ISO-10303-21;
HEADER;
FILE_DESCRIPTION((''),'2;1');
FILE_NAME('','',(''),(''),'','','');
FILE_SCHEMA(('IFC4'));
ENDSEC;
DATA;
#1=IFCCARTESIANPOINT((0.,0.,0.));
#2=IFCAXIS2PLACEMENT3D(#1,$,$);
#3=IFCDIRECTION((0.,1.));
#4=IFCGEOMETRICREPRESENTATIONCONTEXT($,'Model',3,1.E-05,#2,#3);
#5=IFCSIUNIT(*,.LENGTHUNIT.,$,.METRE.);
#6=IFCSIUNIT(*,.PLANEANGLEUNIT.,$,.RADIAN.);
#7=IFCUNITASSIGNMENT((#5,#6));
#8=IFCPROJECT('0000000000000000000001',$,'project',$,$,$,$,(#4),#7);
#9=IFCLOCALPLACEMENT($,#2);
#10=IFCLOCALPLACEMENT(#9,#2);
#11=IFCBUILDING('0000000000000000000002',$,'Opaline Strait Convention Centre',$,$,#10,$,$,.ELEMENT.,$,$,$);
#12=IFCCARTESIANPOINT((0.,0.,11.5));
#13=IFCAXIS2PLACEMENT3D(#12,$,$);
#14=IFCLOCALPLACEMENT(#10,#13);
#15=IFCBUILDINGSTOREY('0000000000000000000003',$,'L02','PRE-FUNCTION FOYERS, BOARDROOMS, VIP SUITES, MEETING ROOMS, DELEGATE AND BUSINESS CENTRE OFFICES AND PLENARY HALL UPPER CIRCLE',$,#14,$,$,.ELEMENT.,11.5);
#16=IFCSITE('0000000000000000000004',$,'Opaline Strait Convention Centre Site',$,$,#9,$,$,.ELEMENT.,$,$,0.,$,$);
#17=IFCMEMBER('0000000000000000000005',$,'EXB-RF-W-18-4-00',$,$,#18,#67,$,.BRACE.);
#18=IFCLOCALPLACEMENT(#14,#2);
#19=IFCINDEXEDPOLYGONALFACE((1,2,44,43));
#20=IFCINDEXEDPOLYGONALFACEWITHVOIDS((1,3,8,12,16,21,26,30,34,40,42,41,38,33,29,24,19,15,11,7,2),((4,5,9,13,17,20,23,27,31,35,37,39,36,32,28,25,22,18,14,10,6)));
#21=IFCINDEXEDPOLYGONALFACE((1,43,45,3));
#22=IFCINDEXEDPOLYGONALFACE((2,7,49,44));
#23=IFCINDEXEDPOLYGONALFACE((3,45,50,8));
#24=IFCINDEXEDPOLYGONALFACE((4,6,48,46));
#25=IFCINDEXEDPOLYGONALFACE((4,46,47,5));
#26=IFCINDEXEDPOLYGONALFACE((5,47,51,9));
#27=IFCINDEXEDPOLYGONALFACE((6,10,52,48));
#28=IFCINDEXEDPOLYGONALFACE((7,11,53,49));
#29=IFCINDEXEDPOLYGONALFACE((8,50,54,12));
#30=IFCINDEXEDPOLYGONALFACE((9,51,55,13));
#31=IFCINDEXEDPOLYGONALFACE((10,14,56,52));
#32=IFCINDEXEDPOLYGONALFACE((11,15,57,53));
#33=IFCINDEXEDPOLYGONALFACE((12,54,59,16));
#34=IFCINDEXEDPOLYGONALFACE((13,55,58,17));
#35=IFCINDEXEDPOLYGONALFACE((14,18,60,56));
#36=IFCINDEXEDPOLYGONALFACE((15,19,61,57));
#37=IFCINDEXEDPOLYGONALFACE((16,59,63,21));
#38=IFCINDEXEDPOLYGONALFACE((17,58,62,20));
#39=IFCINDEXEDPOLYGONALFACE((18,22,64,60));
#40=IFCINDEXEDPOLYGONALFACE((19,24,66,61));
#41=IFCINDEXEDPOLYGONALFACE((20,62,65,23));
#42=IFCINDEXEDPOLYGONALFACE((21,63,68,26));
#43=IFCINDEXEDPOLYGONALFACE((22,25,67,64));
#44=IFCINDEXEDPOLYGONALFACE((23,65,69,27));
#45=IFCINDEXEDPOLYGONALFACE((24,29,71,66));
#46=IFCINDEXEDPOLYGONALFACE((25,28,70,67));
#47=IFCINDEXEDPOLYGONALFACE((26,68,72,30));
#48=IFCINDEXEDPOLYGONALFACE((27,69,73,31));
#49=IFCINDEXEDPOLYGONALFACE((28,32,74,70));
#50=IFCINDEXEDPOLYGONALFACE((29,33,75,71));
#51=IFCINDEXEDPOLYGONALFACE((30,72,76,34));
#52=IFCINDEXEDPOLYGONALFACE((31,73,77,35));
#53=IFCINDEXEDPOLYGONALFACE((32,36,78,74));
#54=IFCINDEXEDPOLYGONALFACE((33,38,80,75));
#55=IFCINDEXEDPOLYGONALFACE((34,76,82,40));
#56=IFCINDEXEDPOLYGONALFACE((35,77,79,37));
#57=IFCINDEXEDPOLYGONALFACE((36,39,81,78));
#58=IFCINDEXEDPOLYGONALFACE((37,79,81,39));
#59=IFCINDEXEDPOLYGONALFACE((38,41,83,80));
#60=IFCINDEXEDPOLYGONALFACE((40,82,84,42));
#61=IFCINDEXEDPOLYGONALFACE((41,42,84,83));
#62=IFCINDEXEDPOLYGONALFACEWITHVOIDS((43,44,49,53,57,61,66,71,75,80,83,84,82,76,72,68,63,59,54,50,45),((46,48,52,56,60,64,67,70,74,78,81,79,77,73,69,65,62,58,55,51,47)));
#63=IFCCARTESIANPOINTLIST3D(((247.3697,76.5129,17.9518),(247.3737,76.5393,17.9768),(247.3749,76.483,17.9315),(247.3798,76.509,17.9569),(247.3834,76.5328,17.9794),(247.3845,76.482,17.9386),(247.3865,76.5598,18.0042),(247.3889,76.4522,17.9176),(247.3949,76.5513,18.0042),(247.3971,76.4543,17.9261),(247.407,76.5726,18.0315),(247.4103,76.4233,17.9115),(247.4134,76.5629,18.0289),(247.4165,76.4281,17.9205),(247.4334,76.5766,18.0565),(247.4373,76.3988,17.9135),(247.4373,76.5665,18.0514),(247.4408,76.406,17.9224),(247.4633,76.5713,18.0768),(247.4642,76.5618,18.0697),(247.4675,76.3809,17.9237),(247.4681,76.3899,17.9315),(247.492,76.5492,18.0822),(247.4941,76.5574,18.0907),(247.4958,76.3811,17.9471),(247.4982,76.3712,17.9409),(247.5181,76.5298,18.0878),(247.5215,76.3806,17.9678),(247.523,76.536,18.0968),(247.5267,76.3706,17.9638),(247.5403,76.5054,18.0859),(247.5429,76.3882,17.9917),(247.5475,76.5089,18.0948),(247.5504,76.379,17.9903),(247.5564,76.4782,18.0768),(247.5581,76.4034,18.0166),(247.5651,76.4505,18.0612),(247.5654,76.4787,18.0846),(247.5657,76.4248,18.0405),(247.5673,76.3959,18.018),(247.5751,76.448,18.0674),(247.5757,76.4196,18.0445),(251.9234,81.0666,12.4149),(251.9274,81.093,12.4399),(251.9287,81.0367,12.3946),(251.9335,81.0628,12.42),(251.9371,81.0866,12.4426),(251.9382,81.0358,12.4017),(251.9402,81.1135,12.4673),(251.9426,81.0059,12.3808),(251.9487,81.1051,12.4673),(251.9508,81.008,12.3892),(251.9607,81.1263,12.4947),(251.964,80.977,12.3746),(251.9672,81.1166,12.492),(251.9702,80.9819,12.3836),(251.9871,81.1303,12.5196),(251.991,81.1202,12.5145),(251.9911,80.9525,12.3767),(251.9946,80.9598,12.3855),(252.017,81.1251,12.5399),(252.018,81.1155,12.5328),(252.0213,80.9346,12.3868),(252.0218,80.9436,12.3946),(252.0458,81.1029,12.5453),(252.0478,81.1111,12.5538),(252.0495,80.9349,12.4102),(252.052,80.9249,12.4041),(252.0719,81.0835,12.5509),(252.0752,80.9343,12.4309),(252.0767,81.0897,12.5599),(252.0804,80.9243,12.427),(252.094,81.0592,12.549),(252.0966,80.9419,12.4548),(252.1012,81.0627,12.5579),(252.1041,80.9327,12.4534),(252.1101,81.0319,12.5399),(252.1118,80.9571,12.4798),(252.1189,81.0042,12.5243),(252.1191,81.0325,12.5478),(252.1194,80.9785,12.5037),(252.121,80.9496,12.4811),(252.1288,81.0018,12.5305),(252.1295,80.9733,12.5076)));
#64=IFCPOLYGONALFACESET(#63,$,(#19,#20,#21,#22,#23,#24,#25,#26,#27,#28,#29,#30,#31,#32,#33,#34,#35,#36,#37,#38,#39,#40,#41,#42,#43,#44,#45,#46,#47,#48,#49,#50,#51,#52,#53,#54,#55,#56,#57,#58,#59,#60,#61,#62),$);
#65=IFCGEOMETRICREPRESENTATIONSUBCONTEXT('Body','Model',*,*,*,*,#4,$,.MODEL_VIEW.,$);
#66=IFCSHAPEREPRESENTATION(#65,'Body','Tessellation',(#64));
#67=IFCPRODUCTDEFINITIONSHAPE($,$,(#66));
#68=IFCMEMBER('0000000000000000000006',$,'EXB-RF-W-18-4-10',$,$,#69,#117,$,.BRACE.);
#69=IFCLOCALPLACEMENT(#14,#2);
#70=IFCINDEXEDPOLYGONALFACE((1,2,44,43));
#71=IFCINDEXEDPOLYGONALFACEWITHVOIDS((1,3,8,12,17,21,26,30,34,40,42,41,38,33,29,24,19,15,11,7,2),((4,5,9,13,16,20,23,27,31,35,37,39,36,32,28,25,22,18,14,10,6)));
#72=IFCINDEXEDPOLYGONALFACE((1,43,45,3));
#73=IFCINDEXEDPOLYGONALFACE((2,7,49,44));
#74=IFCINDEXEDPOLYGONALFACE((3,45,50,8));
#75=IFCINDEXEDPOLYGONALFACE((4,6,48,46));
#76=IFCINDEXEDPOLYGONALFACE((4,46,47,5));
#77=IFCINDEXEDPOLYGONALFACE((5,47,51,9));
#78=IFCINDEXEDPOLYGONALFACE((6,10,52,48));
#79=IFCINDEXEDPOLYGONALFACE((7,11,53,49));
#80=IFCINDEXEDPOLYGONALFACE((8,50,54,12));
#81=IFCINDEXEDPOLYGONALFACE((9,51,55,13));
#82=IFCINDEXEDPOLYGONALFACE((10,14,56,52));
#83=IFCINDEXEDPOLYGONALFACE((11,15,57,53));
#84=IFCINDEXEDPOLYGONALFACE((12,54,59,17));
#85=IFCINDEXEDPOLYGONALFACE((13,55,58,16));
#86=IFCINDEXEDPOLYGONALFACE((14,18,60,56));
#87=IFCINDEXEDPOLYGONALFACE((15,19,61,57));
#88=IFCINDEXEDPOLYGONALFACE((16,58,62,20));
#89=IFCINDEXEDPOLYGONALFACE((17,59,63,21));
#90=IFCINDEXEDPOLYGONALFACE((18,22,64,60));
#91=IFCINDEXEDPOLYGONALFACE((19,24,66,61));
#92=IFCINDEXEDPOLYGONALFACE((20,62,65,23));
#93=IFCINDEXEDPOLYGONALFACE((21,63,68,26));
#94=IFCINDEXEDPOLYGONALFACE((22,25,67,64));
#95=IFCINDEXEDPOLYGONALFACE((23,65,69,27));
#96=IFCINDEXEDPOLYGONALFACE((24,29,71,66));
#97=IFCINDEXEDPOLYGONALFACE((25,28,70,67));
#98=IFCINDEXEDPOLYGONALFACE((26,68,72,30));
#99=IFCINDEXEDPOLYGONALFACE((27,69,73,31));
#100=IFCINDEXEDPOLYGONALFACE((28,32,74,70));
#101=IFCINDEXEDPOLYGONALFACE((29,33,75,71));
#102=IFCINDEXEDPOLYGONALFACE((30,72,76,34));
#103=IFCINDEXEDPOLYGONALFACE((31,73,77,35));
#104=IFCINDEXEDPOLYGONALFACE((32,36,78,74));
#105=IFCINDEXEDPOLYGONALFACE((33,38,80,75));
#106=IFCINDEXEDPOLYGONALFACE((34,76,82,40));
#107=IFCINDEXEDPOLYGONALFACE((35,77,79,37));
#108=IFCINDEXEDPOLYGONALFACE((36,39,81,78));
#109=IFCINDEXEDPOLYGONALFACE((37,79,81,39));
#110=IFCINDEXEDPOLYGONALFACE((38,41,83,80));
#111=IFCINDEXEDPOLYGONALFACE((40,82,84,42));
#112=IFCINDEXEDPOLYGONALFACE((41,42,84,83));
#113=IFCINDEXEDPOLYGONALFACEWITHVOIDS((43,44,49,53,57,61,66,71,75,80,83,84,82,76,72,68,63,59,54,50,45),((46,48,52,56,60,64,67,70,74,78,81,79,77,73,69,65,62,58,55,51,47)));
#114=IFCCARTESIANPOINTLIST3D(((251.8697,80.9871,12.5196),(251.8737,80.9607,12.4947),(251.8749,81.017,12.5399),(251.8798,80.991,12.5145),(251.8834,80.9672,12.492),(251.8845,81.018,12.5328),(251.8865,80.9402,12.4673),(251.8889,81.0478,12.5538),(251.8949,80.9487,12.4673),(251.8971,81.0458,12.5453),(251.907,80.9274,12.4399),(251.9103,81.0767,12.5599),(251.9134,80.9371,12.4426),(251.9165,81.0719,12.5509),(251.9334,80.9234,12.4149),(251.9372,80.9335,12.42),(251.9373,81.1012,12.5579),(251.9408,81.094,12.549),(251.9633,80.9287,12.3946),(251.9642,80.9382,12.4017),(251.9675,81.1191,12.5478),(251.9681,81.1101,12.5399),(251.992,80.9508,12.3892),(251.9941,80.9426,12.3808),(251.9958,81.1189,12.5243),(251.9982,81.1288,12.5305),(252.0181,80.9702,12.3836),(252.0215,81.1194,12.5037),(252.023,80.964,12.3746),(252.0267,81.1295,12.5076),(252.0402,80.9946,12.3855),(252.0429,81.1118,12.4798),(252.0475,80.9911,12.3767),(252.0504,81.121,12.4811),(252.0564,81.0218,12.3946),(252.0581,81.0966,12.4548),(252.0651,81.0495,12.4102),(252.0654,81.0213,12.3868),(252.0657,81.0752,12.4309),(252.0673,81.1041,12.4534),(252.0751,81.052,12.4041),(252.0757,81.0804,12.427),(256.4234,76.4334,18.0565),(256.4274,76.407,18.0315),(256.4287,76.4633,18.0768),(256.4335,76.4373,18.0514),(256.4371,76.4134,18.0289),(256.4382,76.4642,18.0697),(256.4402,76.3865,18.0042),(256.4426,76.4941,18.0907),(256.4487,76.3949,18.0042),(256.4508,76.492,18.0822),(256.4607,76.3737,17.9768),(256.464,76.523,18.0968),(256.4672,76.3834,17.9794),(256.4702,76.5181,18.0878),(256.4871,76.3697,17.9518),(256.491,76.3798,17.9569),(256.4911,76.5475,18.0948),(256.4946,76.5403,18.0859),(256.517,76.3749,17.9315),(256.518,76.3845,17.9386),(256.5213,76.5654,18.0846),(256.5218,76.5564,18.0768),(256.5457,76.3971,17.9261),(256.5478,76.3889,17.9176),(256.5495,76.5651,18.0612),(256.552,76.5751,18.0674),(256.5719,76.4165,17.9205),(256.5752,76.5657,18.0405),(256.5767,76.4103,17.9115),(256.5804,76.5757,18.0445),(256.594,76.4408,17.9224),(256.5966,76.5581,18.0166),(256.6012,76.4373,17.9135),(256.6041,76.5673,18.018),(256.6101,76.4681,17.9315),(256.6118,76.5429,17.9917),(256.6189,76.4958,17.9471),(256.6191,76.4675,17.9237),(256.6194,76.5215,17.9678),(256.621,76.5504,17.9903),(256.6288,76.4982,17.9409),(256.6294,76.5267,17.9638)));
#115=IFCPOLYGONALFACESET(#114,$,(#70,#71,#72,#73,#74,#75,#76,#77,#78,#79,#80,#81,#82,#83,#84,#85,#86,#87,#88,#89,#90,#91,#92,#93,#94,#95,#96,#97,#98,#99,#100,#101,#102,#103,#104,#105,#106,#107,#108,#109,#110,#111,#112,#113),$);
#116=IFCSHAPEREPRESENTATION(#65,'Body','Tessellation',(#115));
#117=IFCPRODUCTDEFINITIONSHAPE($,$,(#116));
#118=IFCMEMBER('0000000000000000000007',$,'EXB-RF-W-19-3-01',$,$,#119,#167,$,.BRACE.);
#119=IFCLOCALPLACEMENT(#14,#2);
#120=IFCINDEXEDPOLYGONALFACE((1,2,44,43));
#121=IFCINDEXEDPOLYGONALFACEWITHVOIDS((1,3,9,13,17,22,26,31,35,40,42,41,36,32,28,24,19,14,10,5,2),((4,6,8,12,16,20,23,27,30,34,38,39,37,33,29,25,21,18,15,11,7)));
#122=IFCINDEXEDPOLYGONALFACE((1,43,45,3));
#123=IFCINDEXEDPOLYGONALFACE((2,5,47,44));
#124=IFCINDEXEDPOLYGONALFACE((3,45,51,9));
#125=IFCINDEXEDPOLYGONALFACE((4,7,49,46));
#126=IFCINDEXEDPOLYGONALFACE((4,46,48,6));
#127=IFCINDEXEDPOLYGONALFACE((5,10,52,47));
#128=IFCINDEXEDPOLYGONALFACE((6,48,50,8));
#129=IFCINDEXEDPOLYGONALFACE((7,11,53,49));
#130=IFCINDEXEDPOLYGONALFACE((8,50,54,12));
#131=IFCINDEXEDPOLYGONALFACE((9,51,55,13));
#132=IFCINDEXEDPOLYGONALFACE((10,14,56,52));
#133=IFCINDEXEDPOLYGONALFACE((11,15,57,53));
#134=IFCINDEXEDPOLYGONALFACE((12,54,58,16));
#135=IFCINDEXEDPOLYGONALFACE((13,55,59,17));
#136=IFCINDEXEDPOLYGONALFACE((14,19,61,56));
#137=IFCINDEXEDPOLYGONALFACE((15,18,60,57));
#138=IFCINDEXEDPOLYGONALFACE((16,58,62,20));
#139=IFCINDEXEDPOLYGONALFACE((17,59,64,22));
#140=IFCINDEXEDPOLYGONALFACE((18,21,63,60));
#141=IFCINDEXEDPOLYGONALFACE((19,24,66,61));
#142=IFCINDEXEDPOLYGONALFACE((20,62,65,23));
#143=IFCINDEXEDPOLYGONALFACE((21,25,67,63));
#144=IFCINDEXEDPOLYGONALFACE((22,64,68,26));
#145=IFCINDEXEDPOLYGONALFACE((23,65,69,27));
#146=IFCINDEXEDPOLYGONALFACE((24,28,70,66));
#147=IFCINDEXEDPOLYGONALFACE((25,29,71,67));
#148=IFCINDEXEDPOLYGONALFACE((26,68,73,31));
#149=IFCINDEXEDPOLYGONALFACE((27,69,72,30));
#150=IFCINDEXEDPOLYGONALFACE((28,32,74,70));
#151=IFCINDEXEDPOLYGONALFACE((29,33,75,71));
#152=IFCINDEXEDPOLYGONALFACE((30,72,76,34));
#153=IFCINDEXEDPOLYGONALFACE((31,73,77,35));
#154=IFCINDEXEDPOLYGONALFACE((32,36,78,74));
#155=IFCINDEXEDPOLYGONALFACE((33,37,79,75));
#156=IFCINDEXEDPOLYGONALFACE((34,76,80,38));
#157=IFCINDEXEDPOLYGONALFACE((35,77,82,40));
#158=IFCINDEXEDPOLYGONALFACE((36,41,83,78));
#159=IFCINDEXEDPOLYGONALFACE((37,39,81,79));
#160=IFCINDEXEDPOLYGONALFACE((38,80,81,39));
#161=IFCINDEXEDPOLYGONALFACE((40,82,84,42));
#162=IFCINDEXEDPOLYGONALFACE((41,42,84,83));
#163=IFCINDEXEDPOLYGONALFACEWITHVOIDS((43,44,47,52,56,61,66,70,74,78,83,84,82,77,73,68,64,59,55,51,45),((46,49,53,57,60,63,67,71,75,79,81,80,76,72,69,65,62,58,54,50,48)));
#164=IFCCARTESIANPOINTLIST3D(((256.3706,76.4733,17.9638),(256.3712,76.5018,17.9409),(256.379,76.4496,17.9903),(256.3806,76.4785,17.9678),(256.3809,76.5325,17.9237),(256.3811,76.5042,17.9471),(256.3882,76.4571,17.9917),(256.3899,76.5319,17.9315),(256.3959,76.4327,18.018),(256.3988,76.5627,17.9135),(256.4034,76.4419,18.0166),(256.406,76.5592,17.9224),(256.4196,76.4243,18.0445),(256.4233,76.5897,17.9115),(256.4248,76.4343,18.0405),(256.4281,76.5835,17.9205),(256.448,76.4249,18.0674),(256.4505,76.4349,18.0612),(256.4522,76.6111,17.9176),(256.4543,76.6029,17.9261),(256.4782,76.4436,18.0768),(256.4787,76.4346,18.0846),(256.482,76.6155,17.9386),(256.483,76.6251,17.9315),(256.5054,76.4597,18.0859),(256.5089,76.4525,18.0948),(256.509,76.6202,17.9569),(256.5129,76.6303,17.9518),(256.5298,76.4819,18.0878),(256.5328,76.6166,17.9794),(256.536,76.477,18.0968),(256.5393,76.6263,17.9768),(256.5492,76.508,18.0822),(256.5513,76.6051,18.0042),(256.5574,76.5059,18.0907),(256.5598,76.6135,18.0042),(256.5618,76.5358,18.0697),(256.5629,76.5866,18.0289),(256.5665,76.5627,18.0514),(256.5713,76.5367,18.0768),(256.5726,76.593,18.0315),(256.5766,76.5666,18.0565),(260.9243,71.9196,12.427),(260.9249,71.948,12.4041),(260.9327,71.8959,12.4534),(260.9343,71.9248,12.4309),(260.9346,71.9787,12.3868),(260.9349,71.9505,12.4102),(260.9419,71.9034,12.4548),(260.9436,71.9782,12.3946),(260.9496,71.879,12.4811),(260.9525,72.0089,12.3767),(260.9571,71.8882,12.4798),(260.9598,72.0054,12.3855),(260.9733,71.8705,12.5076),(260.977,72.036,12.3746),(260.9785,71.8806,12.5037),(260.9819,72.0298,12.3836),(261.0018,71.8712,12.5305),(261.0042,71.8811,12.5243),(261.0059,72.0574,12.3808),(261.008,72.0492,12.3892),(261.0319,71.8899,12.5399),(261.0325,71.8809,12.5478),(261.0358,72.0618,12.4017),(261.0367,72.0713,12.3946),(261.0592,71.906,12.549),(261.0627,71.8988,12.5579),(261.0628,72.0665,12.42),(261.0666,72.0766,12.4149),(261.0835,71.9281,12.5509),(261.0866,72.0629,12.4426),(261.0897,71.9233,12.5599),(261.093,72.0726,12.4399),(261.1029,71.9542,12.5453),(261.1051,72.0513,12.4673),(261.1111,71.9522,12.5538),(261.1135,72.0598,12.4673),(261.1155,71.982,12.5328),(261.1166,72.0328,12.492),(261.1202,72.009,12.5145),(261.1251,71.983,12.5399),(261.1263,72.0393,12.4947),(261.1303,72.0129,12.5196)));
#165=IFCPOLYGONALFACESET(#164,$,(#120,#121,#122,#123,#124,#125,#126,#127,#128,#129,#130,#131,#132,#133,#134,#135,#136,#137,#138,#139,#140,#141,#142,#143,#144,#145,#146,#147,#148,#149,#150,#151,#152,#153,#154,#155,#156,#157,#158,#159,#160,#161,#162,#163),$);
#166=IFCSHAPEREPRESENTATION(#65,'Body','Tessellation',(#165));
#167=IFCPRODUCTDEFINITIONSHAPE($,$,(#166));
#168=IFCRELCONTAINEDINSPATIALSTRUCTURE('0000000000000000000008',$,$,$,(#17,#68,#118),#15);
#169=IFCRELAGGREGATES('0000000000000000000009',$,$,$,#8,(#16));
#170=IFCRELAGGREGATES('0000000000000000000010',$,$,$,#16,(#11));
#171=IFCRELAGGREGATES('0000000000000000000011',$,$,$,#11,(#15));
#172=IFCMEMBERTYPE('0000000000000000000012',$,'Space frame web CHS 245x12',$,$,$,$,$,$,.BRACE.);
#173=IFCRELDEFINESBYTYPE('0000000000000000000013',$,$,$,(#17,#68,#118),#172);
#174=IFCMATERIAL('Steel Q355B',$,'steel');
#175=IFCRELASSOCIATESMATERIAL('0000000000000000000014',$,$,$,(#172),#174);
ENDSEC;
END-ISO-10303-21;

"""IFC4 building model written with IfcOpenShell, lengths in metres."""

from ifc_helpers import new_model, si_unit, direction, frame, origin, origin_2d, place, context, subcontext, project, spatial, hollow_circle, extrude, material, material_profile, profile_set, type_object, element, save


model = new_model("IFC4")

# Units and contexts
model_context = context("Model", 3, precision=1e-05, world=origin(), true_north=direction((0.0, 1.0)))
body_context = subcontext(model_context, "Body", "Model", "MODEL_VIEW")
ifc_project = project(units=[si_unit("LENGTHUNIT", "METRE"), si_unit("PLANEANGLEUNIT", "RADIAN")], contexts=[model_context])

# Site, building, storey
site_placement = place(None, origin())
site = spatial("IfcSite", under=ifc_project, at=site_placement, Name="Opaline Strait Convention Centre Site", CompositionType="ELEMENT", RefElevation=0.0)
building_placement = place(site_placement, origin())
building = spatial("IfcBuilding", under=site, at=building_placement, Name="Opaline Strait Convention Centre", CompositionType="ELEMENT")
storey_placement = place(building_placement, frame((0.0, 0.0, 11.5)))
storey = spatial("IfcBuildingStorey", under=building, at=storey_placement, Name="L02", Description="PRE-FUNCTION FOYERS, BOARDROOMS, VIP SUITES, MEETING ROOMS, DELEGATE AND BUSINESS CENTRE OFFICES AND PLENARY HALL UPPER CIRCLE", CompositionType="ELEMENT", Elevation=11.5)

# Members
ifc_material_1 = material(Name="Steel Q355B", Category="steel")
ifc_material_profile_1 = material_profile(ifc_material_1, hollow_circle(Radius=0.1226, WallThickness=0.012, at=origin_2d()), Name="CHS 245x12")
ifc_profile_set_1 = profile_set([ifc_material_profile_1], Name="Steel Q355B")
member_type_1 = type_object("IfcMemberType", Name="Space frame web CHS 245x12", PredefinedType="BRACE", material=ifc_profile_set_1)
for number, where, z_axis, x_axis, name in (
    (1, (247.4731, 76.4731, 18.0042), (0.536178, 0.536178, -0.65194), (-0.707107, 0.707107, 0.0), "EXB-RF-W-18-4-00"),
    (2, (256.5269, 76.4731, 18.0042), (-0.536178, 0.536178, -0.65194), (-0.707107, -0.707107, 0.0), "EXB-RF-W-18-4-10"),
    (3, (256.4731, 76.5269, 18.0042), (0.536178, -0.536178, -0.65194), (0.707107, 0.707107, 0.0), "EXB-RF-W-19-3-01"),
):
    element("IfcMember", number, at=place(storey_placement, frame(where, z_axis=z_axis, x_axis=x_axis)), inside=storey, type_object=member_type_1, Name=name, PredefinedType="BRACE", context=body_context, shape_type="SweptSolid", body=[
        extrude(hollow_circle(Radius=0.1226, WallThickness=0.012, at=origin_2d()), origin(), (0.0, 0.0, 1.0), 8.4929),
    ])

save(model, "model.ifc")
